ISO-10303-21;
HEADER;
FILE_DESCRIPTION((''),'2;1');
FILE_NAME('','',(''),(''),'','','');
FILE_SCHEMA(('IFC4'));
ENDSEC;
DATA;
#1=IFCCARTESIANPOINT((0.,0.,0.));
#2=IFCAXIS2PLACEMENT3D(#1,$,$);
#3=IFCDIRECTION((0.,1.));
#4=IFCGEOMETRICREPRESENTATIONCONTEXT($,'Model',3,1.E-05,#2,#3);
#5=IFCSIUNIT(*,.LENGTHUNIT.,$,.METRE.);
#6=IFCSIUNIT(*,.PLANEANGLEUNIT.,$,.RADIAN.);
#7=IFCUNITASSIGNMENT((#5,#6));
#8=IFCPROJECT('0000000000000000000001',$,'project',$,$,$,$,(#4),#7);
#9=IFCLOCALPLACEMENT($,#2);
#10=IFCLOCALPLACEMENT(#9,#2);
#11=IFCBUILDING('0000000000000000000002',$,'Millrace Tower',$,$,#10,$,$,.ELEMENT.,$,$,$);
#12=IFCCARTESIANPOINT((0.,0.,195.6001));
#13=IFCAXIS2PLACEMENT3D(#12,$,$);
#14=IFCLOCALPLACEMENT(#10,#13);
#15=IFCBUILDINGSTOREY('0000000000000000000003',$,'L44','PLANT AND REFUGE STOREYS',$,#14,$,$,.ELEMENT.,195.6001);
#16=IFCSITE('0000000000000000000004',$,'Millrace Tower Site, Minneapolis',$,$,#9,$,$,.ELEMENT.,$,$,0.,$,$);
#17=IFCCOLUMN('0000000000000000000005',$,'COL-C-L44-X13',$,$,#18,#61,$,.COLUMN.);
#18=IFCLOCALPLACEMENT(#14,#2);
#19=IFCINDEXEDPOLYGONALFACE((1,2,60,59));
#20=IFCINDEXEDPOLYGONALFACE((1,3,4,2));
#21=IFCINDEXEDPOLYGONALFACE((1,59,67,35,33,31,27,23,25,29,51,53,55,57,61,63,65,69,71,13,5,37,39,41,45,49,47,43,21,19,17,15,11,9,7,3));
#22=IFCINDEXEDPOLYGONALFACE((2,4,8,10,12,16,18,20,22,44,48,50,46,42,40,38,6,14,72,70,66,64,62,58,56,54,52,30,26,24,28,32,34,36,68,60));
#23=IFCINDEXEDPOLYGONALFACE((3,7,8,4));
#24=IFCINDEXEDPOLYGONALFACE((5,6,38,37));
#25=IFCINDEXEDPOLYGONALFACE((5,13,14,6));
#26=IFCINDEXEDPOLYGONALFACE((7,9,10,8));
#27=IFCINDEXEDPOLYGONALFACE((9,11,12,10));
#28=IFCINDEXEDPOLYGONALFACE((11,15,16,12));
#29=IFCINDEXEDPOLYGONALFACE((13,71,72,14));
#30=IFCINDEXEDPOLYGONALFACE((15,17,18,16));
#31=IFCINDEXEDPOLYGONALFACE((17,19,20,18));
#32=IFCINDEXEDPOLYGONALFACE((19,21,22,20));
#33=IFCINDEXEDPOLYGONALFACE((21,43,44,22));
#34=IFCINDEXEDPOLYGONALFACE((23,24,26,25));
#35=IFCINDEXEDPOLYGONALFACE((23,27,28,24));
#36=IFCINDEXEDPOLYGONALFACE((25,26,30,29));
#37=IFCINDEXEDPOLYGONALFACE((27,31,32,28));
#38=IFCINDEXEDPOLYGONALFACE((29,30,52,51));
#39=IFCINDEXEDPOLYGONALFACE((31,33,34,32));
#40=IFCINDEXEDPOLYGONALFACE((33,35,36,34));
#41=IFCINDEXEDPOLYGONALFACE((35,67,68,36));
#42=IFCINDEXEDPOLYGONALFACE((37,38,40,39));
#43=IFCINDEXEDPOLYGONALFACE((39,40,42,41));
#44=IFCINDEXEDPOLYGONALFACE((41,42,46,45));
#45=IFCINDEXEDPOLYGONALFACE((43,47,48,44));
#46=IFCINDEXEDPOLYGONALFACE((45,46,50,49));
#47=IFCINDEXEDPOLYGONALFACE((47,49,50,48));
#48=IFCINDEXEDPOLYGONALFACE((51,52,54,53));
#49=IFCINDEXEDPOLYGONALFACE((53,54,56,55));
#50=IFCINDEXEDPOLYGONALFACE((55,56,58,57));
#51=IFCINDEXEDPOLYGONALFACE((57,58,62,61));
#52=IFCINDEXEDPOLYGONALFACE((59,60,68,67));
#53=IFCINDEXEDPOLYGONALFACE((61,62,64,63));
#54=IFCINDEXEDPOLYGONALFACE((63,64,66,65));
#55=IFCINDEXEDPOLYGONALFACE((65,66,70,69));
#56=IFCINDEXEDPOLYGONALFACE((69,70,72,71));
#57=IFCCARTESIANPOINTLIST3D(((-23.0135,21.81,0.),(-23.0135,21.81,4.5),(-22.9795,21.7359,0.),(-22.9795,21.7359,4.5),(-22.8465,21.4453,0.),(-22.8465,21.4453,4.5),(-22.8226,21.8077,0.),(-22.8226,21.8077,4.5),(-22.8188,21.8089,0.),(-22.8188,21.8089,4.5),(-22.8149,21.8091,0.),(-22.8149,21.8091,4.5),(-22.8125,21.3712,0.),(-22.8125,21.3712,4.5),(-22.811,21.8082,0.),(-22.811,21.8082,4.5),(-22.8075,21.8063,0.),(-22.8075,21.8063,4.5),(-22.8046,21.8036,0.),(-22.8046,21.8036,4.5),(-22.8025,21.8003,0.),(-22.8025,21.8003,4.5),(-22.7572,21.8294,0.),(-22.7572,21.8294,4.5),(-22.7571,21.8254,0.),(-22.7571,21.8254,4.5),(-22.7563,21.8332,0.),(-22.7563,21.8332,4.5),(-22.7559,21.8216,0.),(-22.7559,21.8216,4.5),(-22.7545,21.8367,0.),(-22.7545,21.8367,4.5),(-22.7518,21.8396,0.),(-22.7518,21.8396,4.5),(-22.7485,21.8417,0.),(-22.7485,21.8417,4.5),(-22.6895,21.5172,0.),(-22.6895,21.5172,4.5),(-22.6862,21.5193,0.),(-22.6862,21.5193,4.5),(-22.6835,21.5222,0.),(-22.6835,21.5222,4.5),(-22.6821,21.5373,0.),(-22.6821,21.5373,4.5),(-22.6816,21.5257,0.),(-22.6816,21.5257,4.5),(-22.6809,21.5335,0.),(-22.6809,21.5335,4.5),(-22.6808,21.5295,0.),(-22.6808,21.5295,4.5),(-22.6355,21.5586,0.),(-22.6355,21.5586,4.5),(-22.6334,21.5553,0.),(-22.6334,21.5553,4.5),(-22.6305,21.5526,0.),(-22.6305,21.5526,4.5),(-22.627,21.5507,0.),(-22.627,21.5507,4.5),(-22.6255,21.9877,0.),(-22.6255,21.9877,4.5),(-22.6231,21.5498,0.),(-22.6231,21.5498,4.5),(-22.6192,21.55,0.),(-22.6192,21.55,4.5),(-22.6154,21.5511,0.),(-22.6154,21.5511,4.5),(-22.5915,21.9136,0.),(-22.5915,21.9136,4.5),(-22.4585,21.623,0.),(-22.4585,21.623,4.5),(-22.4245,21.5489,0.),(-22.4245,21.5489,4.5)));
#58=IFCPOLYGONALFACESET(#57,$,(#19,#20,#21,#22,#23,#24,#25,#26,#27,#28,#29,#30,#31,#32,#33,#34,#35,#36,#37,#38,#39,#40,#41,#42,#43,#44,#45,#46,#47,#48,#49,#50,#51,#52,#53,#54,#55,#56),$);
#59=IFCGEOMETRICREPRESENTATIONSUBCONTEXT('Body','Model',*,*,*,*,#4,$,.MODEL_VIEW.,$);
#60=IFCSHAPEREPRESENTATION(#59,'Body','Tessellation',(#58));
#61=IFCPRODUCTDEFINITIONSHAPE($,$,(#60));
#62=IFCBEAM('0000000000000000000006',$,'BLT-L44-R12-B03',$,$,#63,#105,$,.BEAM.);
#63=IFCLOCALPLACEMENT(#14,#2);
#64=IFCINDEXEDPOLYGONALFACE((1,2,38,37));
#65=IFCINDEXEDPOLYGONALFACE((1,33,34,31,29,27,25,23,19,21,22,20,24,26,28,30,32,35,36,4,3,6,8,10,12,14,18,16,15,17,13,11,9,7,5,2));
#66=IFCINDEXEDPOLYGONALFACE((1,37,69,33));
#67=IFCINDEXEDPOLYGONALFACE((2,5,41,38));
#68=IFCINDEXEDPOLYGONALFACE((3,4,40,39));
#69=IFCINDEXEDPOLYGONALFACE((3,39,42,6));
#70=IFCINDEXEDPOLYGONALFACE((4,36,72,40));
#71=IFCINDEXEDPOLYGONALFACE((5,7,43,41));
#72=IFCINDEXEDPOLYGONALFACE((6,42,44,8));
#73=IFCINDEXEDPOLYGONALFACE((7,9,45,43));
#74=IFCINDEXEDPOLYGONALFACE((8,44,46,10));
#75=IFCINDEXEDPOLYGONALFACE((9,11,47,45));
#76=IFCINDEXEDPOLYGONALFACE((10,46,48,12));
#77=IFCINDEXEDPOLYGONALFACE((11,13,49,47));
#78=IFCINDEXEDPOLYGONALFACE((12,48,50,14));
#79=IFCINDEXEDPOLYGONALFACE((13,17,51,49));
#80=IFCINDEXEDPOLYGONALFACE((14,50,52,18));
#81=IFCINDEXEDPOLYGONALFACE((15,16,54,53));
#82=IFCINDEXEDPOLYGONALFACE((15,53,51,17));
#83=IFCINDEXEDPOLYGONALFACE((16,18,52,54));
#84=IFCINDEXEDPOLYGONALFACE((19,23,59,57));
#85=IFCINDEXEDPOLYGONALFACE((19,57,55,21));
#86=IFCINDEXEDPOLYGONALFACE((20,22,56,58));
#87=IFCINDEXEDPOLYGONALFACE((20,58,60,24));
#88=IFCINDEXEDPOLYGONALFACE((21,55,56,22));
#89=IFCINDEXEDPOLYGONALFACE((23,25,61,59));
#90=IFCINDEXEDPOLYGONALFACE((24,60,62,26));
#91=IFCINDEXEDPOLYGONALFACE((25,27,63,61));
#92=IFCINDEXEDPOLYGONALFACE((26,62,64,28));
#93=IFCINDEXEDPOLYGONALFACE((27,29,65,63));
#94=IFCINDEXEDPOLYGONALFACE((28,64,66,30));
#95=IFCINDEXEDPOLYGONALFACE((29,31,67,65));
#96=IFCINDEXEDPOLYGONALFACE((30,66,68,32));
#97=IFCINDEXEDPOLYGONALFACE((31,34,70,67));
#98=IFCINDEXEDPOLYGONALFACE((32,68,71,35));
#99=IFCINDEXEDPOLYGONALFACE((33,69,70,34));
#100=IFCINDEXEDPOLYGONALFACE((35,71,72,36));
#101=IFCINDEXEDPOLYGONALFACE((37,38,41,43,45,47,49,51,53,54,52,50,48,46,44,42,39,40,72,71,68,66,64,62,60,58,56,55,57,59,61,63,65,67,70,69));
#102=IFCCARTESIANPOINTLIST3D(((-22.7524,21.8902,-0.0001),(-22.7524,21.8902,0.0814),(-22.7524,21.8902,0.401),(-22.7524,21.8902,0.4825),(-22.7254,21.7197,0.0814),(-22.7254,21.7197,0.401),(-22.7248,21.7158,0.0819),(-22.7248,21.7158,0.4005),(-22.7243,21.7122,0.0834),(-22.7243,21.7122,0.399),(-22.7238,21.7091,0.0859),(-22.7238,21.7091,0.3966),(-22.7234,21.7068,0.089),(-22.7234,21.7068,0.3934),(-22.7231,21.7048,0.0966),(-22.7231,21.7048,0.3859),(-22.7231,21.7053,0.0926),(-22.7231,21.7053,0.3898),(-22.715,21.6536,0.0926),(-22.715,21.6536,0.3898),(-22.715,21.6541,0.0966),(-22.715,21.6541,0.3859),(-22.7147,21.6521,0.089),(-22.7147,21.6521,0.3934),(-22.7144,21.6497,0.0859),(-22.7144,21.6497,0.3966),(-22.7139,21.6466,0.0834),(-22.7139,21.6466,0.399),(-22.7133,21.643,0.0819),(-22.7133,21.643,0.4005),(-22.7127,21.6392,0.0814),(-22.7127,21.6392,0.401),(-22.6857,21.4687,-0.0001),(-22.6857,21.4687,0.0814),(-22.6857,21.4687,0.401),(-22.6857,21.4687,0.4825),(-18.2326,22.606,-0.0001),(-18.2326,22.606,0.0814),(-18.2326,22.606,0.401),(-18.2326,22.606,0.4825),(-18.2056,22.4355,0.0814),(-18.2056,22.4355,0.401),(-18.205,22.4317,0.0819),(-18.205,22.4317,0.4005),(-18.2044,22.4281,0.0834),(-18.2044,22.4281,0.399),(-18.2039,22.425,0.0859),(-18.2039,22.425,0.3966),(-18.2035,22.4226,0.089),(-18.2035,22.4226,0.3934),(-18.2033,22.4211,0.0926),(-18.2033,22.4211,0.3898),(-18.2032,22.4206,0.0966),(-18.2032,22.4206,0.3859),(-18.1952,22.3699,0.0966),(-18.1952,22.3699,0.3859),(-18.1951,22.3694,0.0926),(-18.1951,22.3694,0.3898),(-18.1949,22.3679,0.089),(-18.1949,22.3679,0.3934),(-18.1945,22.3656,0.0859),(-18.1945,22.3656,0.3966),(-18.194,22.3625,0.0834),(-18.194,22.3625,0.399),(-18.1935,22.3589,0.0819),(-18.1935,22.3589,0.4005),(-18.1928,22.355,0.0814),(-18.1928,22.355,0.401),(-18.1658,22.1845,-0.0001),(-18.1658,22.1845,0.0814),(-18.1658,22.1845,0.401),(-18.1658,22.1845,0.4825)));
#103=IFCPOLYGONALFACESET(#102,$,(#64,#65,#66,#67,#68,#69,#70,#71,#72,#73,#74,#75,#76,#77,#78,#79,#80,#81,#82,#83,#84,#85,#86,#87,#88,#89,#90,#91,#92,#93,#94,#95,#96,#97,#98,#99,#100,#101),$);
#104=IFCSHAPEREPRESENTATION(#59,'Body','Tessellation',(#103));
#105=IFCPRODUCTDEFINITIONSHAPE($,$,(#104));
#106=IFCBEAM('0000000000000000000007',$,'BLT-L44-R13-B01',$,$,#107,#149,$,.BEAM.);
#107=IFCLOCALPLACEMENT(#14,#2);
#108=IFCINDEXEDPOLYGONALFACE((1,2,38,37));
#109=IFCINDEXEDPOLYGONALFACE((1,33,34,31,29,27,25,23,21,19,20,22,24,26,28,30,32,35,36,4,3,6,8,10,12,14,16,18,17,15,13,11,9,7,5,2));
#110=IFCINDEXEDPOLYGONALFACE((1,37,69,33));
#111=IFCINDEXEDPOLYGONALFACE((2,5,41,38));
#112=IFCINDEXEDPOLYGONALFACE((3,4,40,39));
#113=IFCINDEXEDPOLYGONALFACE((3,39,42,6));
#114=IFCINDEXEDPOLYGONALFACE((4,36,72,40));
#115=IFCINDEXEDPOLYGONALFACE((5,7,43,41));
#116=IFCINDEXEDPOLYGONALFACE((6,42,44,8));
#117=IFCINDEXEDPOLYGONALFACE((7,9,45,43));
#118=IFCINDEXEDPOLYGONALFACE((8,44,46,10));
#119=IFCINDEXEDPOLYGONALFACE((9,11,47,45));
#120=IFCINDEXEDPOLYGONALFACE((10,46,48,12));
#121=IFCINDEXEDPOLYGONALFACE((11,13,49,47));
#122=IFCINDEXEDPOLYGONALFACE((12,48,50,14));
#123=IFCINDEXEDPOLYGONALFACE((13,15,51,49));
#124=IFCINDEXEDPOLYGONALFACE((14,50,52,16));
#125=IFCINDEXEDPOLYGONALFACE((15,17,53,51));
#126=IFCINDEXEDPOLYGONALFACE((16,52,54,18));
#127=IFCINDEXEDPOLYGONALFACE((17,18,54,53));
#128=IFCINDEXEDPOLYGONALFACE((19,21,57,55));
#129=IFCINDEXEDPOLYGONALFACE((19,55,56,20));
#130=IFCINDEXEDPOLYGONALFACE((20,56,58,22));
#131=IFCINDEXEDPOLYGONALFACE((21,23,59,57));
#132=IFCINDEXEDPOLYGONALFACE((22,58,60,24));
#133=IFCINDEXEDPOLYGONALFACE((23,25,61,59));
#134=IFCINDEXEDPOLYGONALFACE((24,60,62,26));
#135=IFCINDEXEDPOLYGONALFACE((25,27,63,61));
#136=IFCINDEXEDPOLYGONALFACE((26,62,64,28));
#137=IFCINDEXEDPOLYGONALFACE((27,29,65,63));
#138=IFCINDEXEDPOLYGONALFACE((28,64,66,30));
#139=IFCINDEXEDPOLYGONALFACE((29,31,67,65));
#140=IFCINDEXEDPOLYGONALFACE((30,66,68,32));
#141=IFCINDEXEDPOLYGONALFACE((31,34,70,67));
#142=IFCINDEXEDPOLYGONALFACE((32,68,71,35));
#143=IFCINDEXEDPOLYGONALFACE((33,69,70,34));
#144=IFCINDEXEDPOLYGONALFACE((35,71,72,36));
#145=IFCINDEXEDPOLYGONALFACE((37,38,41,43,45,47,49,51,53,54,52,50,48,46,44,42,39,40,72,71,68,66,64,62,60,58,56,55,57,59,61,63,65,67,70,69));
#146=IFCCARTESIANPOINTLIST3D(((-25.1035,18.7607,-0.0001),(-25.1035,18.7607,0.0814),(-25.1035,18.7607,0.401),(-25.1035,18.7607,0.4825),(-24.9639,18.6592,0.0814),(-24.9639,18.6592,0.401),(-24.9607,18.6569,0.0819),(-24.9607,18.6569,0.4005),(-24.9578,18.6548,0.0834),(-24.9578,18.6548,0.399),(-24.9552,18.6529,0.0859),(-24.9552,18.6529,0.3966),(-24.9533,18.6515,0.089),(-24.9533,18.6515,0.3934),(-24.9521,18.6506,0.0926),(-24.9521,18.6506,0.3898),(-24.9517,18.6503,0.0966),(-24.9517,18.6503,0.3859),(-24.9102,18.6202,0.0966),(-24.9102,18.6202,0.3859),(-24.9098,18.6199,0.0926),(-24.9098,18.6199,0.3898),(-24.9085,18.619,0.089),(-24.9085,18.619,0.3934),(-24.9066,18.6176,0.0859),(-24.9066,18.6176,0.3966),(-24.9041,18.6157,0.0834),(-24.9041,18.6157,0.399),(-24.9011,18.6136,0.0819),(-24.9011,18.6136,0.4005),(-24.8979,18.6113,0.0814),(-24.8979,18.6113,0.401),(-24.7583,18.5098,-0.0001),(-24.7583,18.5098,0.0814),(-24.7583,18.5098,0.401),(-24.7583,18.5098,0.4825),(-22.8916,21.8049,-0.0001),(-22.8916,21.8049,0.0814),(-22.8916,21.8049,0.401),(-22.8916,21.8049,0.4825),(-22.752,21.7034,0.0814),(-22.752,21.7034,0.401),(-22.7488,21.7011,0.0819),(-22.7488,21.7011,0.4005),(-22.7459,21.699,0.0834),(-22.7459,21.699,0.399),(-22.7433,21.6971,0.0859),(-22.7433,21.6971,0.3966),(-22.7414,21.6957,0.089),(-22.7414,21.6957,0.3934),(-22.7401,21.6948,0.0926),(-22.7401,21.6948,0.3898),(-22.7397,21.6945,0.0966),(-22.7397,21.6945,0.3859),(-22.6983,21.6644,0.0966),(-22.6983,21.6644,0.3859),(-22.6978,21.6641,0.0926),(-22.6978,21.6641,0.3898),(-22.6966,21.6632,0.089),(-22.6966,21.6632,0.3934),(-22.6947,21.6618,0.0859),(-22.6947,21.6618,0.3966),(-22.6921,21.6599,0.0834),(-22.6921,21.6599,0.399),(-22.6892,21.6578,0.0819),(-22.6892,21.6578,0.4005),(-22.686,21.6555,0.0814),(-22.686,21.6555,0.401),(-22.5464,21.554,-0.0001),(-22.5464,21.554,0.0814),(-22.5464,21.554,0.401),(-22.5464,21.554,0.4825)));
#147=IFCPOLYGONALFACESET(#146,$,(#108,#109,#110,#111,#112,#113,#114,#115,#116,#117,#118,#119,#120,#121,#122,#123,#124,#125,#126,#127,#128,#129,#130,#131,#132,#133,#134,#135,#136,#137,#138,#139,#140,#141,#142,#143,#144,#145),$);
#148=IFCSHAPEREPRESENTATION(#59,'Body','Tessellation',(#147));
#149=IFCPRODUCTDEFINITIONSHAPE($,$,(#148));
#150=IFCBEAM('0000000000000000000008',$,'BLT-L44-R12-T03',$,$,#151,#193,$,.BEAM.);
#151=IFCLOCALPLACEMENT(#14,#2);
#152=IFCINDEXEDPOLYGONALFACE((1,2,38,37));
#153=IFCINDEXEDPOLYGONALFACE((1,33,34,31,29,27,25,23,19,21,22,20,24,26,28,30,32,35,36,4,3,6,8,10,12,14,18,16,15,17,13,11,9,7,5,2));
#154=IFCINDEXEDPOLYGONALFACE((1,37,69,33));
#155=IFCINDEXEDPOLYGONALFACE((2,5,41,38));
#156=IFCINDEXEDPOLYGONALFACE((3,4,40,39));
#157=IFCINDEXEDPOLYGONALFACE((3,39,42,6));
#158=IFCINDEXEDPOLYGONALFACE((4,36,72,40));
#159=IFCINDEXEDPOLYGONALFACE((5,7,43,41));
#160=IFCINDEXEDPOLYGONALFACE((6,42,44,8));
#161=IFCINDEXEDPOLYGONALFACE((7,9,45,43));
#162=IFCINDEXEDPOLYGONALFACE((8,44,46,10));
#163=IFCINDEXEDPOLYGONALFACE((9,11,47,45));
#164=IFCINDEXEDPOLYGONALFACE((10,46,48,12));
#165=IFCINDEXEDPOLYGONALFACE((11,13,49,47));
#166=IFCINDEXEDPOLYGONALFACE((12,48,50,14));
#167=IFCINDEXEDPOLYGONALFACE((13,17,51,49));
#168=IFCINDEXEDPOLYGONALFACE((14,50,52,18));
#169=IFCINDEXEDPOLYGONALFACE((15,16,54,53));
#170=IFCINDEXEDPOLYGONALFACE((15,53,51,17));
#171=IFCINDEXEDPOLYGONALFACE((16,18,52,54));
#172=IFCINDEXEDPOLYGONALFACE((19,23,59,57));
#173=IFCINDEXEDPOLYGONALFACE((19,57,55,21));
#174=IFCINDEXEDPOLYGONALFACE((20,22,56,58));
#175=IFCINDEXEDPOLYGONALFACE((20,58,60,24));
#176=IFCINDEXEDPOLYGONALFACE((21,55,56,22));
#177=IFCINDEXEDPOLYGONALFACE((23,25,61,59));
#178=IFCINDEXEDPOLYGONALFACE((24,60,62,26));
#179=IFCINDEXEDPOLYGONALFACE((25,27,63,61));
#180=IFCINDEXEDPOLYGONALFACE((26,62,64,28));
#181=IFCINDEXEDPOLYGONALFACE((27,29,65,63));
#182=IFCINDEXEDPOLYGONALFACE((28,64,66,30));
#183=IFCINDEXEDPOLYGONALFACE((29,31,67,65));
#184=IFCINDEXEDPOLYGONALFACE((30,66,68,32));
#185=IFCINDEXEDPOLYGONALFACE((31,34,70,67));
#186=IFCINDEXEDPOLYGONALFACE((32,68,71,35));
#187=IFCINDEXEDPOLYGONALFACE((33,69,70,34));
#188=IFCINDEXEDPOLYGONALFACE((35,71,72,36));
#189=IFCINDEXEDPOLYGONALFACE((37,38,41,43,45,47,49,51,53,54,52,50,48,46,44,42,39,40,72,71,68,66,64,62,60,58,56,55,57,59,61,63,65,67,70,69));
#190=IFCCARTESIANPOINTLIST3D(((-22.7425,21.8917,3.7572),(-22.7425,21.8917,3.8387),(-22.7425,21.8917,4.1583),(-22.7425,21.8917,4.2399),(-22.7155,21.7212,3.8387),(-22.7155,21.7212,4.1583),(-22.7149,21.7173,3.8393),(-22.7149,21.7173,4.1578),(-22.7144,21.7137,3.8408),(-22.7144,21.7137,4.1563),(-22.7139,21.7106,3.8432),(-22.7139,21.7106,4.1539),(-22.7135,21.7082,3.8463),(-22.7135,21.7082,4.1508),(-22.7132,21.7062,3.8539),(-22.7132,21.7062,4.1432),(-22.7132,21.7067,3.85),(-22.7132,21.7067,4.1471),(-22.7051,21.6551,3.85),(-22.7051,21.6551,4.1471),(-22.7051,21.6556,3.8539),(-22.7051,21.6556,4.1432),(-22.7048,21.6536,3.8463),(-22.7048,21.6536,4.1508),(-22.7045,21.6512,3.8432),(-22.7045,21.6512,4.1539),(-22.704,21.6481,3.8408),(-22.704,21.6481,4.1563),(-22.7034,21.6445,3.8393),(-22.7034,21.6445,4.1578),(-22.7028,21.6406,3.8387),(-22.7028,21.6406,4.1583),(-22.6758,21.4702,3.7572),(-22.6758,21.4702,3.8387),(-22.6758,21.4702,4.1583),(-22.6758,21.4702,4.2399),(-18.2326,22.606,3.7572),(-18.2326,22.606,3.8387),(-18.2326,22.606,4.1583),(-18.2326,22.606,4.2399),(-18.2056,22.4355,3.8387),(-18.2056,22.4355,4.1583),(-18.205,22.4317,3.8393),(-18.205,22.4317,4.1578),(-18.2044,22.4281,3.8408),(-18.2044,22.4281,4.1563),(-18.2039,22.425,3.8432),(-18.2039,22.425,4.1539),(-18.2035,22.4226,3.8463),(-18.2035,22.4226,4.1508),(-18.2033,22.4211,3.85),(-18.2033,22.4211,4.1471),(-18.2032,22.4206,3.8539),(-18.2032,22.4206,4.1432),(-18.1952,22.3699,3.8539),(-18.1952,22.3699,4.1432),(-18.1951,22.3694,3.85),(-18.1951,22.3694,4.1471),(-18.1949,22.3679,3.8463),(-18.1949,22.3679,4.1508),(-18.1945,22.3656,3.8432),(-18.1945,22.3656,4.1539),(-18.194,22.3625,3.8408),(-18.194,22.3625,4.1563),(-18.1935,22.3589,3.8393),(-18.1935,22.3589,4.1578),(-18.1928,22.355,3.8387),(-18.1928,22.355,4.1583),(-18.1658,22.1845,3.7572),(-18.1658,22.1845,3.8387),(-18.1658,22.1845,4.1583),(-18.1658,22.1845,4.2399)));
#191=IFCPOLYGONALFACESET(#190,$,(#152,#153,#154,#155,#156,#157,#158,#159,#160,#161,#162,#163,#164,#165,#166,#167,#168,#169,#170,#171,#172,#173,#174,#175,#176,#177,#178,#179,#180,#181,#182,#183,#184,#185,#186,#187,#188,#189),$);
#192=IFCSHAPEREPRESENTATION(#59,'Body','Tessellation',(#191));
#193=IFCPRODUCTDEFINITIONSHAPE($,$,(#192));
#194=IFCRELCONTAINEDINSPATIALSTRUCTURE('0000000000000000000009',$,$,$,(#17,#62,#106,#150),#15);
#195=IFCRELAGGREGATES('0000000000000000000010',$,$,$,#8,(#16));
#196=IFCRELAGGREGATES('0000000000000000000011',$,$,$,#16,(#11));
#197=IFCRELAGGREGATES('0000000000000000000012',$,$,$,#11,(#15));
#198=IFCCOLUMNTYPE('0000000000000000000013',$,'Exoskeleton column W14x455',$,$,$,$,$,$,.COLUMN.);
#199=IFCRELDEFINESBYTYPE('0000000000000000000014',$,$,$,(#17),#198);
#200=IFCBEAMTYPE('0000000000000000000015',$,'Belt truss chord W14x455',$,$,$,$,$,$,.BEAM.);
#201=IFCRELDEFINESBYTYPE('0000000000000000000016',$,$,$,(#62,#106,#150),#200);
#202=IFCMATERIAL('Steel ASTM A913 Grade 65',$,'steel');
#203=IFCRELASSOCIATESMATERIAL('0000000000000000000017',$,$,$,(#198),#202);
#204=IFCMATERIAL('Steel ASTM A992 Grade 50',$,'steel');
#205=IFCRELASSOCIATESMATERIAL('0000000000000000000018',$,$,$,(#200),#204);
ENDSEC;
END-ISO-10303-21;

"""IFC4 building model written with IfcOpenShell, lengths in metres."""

from ifc_helpers import new_model, si_unit, direction, frame, origin, origin_2d, place, context, subcontext, project, spatial, i_section, extrude, material, material_profile, profile_set, type_object, element, save


model = new_model("IFC4")

# Units and contexts
model_context = context("Model", 3, precision=1e-05, world=origin(), true_north=direction((0.0, 1.0)))
body_context = subcontext(model_context, "Body", "Model", "MODEL_VIEW")
ifc_project = project(units=[si_unit("LENGTHUNIT", "METRE"), si_unit("PLANEANGLEUNIT", "RADIAN")], contexts=[model_context])

# Site, building, storey
site_placement = place(None, origin())
site = spatial("IfcSite", under=ifc_project, at=site_placement, Name="Millrace Tower Site, Minneapolis", CompositionType="ELEMENT", RefElevation=0.0)
building_placement = place(site_placement, origin())
building = spatial("IfcBuilding", under=site, at=building_placement, Name="Millrace Tower", CompositionType="ELEMENT")
storey_placement = place(building_placement, frame((0.0, 0.0, 195.6001)))
storey = spatial("IfcBuildingStorey", under=building, at=storey_placement, Name="L44", Description="PLANT AND REFUGE STOREYS", CompositionType="ELEMENT", Elevation=195.6001)

# Column
ifc_material_1 = material(Name="Steel ASTM A913 Grade 65", Category="steel")
ifc_material_profile_1 = material_profile(ifc_material_1, i_section(OverallWidth=0.4268, OverallDepth=0.4827, WebThickness=0.0513, FlangeThickness=0.0815, FilletRadius=0.0151, at=origin_2d()))
ifc_profile_set_1 = profile_set([ifc_material_profile_1], Name="Steel ASTM A913 Grade 65")
column_type = type_object("IfcColumnType", Name="Exoskeleton column W14x455", PredefinedType="COLUMN", material=ifc_profile_set_1)
column_placement = place(storey_placement, frame((-22.719, 21.6794, 0.0), z_axis=(0.0, 0.0, 1.0), x_axis=(-0.909181, -0.416401, 0.0)))
element("IfcColumn", 1, at=column_placement, inside=storey, type_object=column_type, Name="COL-C-L44-X13", PredefinedType="COLUMN", context=body_context, shape_type="SweptSolid", body=[
    extrude(i_section(OverallWidth=0.4268, OverallDepth=0.4827, WebThickness=0.0513, FlangeThickness=0.0815, FilletRadius=0.0151, at=origin_2d()), origin(), (0.0, 0.0, 1.0), 4.5),
])

# Beams
ifc_material_2 = material(Name="Steel ASTM A992 Grade 50", Category="steel")
ifc_material_profile_2 = material_profile(ifc_material_2, i_section(OverallWidth=0.4268, OverallDepth=0.4827, WebThickness=0.0513, FlangeThickness=0.0815, FilletRadius=0.0151, at=origin_2d()))
ifc_profile_set_2 = profile_set([ifc_material_profile_2], Name="Steel ASTM A992 Grade 50")
beam_type_1 = type_object("IfcBeamType", Name="Belt truss chord W14x455", PredefinedType="BEAM", material=ifc_profile_set_2)
beam_1_placement = place(storey_placement, frame((-18.1992, 22.3953, 0.2412), z_axis=(-0.98769, -0.156426, 0.0), x_axis=(0.156426, -0.98769, 0.0)))
element("IfcBeam", 2, at=beam_1_placement, inside=storey, type_object=beam_type_1, Name="BLT-L44-R12-B03", PredefinedType="BEAM", context=body_context, shape_type="SweptSolid", body=[
    extrude(i_section(OverallWidth=0.4268, OverallDepth=0.4827, WebThickness=0.0513, FlangeThickness=0.0815, FilletRadius=0.0151, at=origin_2d()), origin(), (0.0, 0.0, 1.0), 4.5762),
])
beam_2_placement = place(storey_placement, frame((-22.719, 21.6794, 0.2412), z_axis=(-0.587817, -0.808994, 0.0), x_axis=(0.808994, -0.587817, 0.0)))
element("IfcBeam", 3, at=beam_2_placement, inside=storey, type_object=beam_type_1, Name="BLT-L44-R13-B01", PredefinedType="BEAM", context=body_context, shape_type="SweptSolid", body=[
    extrude(i_section(OverallWidth=0.4268, OverallDepth=0.4827, WebThickness=0.0513, FlangeThickness=0.0815, FilletRadius=0.0151, at=origin_2d()), origin(), (0.0, 0.0, 1.0), 3.7629),
])
beam_3_placement = place(storey_placement, frame((-18.1992, 22.3953, 3.9985), z_axis=(-0.987687, -0.156443, 0.0), x_axis=(0.156443, -0.987687, 0.0)))
element("IfcBeam", 4, at=beam_3_placement, inside=storey, type_object=beam_type_1, Name="BLT-L44-R12-T03", PredefinedType="BEAM", context=body_context, shape_type="SweptSolid", body=[
    extrude(i_section(OverallWidth=0.4268, OverallDepth=0.4827, WebThickness=0.0513, FlangeThickness=0.0815, FilletRadius=0.0151, at=origin_2d()), origin(), (0.0, 0.0, 1.0), 4.5662),
])

save(model, "model.ifc")
